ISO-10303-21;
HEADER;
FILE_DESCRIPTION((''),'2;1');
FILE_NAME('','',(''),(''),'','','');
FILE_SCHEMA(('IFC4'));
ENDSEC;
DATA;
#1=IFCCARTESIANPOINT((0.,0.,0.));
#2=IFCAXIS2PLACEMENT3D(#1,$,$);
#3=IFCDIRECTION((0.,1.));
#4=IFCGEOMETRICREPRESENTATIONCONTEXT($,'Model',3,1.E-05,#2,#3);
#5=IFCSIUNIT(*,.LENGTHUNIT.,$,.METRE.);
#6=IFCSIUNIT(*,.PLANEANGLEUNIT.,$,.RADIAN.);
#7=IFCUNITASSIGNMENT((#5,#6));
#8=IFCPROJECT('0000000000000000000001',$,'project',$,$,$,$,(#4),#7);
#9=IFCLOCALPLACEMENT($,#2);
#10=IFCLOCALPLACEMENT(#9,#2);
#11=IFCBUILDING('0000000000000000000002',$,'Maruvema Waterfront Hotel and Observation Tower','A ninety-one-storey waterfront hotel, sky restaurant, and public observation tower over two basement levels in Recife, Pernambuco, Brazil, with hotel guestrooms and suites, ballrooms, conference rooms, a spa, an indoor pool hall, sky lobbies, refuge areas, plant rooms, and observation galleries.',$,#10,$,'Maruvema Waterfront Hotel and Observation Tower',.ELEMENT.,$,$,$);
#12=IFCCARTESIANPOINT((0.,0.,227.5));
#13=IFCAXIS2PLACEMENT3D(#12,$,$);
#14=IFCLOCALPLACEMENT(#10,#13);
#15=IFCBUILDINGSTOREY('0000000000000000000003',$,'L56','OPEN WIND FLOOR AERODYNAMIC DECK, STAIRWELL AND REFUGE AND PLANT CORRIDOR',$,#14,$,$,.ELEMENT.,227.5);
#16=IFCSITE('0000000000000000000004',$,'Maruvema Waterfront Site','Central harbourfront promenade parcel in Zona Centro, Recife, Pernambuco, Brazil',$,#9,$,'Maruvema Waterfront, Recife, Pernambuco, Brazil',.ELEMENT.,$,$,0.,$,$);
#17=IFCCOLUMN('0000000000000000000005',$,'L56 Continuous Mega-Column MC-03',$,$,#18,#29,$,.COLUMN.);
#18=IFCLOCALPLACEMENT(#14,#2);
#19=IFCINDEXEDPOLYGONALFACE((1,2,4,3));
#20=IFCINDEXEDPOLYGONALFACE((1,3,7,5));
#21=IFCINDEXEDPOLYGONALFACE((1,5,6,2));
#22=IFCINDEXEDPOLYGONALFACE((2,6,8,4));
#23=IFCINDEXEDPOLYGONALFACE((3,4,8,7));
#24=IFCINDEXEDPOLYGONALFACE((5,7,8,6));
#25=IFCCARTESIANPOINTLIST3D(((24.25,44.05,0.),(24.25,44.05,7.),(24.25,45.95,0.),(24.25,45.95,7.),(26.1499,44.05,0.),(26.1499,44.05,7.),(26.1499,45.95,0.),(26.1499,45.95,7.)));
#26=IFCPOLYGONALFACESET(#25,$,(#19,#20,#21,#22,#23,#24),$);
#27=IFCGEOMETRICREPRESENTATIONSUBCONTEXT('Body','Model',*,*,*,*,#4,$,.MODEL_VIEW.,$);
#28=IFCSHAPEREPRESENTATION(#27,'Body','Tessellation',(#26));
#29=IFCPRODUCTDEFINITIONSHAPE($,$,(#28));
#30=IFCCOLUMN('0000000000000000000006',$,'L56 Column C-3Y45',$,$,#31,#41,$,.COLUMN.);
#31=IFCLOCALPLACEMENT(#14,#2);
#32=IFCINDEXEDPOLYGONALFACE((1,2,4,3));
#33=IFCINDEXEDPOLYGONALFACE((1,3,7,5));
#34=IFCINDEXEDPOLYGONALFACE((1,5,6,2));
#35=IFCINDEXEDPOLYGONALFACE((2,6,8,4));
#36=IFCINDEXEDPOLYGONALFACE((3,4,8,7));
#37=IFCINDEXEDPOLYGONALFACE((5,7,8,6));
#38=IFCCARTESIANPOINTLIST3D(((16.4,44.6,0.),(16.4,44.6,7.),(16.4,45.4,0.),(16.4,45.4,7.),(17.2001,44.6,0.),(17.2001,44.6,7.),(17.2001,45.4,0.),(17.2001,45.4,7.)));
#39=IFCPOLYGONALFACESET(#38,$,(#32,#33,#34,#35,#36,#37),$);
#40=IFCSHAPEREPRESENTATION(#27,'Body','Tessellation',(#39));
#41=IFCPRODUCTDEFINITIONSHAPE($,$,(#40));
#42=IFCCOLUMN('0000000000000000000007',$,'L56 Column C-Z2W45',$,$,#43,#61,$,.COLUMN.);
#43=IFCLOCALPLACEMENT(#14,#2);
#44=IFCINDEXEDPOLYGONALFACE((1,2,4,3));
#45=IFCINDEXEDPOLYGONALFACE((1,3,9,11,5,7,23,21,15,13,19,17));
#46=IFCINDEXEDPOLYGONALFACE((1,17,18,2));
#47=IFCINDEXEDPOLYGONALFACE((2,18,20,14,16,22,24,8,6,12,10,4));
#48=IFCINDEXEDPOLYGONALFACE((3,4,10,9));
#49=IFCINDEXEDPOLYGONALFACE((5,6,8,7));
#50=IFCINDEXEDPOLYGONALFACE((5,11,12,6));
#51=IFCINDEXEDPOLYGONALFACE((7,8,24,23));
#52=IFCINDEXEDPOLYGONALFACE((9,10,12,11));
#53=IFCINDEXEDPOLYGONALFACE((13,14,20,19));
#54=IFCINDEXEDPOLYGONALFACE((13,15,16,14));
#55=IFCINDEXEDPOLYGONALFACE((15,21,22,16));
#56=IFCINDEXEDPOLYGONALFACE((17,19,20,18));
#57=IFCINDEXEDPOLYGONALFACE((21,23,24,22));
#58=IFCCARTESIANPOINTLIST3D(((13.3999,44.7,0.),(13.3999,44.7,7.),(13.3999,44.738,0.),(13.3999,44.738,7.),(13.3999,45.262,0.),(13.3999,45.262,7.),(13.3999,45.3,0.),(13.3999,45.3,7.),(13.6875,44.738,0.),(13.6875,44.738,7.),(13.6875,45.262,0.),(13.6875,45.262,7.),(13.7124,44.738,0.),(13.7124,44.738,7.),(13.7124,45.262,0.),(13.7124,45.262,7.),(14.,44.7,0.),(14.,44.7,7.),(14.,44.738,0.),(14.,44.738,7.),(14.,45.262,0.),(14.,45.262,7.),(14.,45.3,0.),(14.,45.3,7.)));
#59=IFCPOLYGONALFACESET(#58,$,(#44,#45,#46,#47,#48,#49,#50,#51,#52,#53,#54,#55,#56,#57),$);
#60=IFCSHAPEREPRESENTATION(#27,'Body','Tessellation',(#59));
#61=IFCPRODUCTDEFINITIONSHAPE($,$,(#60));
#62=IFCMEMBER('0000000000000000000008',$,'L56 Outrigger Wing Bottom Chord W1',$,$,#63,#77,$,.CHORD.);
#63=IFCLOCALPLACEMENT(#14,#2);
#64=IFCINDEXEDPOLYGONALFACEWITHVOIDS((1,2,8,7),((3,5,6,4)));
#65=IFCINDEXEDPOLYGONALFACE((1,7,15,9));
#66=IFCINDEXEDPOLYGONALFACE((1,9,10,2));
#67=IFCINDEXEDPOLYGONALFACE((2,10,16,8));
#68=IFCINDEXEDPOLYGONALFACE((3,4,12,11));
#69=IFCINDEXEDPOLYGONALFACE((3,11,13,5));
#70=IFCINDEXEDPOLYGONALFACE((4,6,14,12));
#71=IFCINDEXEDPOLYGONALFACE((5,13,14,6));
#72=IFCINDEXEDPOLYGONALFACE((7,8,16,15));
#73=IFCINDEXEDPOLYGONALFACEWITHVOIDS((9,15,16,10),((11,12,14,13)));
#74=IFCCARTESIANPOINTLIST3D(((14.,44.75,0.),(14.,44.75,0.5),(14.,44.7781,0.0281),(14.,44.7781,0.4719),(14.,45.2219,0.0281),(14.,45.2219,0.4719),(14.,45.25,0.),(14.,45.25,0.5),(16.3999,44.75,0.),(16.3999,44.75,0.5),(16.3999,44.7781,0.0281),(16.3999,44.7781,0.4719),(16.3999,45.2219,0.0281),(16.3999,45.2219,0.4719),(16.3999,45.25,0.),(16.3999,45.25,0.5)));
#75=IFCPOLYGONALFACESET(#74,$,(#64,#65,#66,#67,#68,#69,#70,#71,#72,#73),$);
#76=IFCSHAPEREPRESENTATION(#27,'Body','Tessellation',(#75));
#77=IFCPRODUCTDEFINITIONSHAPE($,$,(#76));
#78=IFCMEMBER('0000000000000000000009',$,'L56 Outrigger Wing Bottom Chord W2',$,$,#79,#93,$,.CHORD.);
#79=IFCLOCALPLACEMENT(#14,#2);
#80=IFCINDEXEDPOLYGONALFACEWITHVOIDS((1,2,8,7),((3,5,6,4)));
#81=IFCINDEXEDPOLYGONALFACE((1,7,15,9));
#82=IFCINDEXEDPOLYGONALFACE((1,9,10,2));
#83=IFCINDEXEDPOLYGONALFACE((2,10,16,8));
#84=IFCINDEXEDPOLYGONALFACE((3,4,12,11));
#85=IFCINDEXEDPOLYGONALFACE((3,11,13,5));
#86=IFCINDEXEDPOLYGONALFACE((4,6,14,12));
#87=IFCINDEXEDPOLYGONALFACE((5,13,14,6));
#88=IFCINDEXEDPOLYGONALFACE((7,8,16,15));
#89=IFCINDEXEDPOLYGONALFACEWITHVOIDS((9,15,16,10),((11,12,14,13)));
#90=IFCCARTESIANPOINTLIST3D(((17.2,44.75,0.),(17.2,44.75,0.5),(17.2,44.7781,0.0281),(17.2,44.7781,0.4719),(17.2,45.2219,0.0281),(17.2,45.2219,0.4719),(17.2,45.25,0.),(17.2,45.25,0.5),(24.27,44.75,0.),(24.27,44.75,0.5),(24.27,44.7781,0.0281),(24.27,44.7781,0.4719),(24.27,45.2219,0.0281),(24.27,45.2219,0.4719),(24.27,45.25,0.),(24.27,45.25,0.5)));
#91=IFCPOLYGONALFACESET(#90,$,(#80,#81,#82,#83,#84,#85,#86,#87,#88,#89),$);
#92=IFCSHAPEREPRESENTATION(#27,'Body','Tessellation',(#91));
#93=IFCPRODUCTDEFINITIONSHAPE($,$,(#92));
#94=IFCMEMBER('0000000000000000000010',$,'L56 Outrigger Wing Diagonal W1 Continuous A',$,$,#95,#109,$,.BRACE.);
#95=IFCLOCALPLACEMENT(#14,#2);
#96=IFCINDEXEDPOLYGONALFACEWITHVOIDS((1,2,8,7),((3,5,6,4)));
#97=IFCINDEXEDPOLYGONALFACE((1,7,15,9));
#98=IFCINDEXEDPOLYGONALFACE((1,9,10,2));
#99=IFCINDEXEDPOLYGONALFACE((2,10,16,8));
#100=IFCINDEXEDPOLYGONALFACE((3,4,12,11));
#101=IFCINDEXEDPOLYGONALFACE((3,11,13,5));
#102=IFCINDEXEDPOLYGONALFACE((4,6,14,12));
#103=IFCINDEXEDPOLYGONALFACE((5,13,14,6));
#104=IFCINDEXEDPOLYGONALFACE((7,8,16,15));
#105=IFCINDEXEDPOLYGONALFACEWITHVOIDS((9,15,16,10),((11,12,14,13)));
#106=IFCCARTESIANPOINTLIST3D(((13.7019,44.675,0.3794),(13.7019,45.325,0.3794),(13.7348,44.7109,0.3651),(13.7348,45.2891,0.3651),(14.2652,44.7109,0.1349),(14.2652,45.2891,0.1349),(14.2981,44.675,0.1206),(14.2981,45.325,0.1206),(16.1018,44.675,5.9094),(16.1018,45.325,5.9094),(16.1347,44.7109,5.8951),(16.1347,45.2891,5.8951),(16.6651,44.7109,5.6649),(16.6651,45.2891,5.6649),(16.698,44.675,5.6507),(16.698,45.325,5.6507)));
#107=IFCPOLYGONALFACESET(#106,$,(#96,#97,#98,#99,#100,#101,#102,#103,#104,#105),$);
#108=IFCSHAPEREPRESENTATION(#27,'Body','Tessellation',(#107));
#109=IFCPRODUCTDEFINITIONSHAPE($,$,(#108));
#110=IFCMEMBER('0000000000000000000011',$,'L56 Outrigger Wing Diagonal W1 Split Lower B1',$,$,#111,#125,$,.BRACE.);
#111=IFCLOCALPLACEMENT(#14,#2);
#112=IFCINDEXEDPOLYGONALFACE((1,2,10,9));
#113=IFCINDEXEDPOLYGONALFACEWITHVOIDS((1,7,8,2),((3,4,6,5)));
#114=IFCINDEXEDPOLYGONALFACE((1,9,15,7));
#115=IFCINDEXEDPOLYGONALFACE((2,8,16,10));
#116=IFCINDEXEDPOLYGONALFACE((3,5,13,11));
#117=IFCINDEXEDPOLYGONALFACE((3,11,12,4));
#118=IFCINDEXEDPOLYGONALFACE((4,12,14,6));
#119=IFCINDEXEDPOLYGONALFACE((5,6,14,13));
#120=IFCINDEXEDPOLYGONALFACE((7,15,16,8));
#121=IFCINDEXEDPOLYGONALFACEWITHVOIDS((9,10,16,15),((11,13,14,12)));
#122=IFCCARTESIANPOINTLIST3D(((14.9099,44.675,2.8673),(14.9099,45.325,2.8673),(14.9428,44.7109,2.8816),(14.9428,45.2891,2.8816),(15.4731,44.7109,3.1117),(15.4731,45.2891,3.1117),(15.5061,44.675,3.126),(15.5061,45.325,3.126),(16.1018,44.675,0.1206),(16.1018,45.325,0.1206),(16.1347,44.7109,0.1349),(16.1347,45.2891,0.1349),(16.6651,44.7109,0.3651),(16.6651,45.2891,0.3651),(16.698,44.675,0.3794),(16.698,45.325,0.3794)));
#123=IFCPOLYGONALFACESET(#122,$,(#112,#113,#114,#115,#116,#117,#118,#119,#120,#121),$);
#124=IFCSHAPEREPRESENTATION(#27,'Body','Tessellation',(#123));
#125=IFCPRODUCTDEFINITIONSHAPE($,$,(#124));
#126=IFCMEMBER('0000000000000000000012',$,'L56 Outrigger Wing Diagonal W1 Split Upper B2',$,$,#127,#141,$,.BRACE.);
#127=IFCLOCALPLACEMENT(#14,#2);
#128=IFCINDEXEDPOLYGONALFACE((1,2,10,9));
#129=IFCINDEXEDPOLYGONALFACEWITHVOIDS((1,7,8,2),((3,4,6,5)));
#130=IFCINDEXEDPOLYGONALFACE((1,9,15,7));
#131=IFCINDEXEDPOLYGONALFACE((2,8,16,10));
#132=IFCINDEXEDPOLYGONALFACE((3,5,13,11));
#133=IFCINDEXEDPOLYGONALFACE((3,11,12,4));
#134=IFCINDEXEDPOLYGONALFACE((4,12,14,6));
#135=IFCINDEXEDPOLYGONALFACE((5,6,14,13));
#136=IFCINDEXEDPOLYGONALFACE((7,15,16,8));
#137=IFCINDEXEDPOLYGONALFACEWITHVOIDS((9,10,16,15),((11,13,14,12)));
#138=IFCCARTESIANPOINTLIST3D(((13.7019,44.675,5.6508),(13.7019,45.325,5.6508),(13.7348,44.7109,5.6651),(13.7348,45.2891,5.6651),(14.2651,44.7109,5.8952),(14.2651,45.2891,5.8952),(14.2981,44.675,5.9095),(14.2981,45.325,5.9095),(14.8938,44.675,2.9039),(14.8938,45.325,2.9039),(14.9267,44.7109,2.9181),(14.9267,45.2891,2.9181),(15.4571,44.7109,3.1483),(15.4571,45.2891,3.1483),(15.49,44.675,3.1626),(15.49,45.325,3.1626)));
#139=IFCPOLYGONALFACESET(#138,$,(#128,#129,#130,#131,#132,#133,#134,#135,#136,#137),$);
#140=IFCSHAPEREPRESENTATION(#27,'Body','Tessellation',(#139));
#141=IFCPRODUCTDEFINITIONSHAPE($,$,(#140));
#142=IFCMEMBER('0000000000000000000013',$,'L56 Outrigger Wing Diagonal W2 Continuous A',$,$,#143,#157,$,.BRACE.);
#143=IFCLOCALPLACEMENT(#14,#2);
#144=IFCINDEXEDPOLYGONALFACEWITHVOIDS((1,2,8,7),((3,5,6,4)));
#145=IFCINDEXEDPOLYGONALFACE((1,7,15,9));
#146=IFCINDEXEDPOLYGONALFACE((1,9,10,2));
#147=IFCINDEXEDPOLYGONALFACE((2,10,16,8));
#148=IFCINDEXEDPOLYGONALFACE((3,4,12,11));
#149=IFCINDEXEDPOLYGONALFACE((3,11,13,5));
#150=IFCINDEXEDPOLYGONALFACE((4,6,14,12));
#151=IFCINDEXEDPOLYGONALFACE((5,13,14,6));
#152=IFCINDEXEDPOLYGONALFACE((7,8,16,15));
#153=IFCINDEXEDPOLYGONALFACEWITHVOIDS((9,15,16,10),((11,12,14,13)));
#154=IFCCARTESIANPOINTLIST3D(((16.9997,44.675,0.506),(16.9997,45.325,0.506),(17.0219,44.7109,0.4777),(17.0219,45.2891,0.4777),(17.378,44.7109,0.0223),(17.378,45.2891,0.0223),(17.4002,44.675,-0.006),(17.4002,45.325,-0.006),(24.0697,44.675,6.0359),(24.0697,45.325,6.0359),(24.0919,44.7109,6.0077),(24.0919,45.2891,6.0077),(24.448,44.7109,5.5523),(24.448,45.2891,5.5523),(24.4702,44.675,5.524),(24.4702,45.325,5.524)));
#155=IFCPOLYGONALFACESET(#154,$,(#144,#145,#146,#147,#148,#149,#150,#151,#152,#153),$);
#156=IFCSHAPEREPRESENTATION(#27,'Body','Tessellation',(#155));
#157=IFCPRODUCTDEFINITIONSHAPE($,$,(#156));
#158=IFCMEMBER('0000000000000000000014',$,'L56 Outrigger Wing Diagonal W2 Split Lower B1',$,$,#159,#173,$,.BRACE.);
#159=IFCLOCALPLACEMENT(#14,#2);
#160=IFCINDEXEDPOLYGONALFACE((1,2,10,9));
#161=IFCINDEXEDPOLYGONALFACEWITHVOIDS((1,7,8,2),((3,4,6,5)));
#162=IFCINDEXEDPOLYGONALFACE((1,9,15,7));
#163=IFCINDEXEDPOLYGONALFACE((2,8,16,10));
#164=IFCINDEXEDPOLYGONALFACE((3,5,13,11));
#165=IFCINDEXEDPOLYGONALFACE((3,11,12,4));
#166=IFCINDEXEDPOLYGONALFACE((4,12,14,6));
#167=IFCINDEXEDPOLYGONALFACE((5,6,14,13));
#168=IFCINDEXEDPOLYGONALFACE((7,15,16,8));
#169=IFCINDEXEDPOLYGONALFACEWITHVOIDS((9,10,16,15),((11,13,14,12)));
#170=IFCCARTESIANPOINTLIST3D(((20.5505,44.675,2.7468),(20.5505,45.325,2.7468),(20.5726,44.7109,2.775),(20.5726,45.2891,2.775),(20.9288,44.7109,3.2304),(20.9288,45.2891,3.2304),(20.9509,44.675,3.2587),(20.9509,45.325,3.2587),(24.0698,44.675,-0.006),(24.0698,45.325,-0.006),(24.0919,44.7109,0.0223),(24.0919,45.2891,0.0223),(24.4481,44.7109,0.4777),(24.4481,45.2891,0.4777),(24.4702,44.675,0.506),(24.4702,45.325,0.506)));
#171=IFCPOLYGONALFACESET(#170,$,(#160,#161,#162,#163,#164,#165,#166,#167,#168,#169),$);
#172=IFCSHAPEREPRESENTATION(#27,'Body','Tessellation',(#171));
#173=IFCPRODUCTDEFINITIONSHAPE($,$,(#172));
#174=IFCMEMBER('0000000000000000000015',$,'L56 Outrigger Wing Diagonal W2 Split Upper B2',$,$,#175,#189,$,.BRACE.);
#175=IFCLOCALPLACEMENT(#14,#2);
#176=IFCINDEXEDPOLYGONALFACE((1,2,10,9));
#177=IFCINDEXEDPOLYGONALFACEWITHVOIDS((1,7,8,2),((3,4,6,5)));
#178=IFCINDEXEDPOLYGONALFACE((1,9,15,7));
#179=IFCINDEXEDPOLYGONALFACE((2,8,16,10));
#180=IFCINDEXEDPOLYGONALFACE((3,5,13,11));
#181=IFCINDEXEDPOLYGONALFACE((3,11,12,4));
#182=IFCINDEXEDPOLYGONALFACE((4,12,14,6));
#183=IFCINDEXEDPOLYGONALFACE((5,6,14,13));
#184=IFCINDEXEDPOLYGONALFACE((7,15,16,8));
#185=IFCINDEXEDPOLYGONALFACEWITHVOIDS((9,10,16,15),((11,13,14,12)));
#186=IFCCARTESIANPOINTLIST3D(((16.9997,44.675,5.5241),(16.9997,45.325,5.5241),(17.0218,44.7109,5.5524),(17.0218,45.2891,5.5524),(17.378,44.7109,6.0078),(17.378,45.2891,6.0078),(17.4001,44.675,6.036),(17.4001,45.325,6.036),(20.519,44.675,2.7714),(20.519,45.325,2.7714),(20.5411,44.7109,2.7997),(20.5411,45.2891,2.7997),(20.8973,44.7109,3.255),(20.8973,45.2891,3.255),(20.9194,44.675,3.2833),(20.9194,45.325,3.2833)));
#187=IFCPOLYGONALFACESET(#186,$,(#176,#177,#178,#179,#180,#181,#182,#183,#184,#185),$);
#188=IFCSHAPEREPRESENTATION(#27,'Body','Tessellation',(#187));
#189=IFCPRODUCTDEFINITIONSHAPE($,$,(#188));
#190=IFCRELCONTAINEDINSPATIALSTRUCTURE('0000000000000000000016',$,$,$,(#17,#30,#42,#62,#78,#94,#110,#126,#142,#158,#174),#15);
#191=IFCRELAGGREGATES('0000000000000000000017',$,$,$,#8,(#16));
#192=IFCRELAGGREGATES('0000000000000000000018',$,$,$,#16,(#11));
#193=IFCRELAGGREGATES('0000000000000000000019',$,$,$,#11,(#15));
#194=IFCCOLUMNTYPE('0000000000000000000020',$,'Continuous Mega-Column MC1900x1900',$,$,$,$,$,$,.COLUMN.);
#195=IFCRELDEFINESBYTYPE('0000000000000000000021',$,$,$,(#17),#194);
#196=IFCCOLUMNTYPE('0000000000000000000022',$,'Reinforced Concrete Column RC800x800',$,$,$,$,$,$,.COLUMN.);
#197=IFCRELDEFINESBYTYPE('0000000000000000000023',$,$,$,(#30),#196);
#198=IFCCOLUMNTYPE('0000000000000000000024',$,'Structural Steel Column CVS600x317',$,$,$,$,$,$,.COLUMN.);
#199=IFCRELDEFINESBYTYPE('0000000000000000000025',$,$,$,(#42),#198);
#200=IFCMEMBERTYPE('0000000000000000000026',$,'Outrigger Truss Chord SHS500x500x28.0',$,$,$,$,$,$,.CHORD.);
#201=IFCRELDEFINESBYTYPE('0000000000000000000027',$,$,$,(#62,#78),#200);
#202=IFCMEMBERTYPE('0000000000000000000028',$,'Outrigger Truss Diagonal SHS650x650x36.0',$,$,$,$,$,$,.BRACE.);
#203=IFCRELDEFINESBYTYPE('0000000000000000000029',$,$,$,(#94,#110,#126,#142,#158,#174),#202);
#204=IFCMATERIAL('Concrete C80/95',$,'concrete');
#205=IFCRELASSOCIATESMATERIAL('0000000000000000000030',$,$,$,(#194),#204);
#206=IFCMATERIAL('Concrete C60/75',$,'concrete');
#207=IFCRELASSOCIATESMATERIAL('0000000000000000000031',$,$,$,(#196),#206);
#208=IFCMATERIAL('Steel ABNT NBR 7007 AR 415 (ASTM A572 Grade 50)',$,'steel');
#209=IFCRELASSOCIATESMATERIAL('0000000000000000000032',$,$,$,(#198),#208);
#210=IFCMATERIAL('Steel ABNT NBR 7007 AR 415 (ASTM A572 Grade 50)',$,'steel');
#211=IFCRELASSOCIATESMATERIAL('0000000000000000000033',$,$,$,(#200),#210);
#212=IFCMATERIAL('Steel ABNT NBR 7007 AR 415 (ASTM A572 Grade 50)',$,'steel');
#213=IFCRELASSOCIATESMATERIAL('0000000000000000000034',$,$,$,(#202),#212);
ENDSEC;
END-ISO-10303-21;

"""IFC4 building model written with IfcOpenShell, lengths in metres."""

from ifc_helpers import new_model, si_unit, direction, frame, origin, origin_2d, place, context, subcontext, project, spatial, rectangle, hollow_rectangle, i_section, extrude, material, material_profile, profile_set, type_object, element, save


model = new_model("IFC4")

# Units and contexts
model_context = context("Model", 3, precision=1e-05, world=origin(), true_north=direction((0.0, 1.0)))
body_context = subcontext(model_context, "Body", "Model", "MODEL_VIEW")
ifc_project = project(units=[si_unit("LENGTHUNIT", "METRE"), si_unit("PLANEANGLEUNIT", "RADIAN")], contexts=[model_context])

# Site, building, storey
site_placement = place(None, origin())
site = spatial("IfcSite", under=ifc_project, at=site_placement, Name="Maruvema Waterfront Site", Description="Central harbourfront promenade parcel in Zona Centro, Recife, Pernambuco, Brazil", LongName="Maruvema Waterfront, Recife, Pernambuco, Brazil", CompositionType="ELEMENT", RefElevation=0.0)
building_placement = place(site_placement, origin())
building = spatial("IfcBuilding", under=site, at=building_placement, Name="Maruvema Waterfront Hotel and Observation Tower", Description="A ninety-one-storey waterfront hotel, sky restaurant, and public observation tower over two basement levels in Recife, Pernambuco, Brazil, with hotel guestrooms and suites, ballrooms, conference rooms, a spa, an indoor pool hall, sky lobbies, refuge areas, plant rooms, and observation galleries.", LongName="Maruvema Waterfront Hotel and Observation Tower", CompositionType="ELEMENT")
storey_placement = place(building_placement, frame((0.0, 0.0, 227.5)))
storey = spatial("IfcBuildingStorey", under=building, at=storey_placement, Name="L56", Description="OPEN WIND FLOOR AERODYNAMIC DECK, STAIRWELL AND REFUGE AND PLANT CORRIDOR", CompositionType="ELEMENT", Elevation=227.5)

# Columns
ifc_material_1 = material(Name="Concrete C80/95", Category="concrete")
ifc_material_profile_1 = material_profile(ifc_material_1, rectangle(XDim=1.8999, YDim=1.8999, at=origin_2d()), Name="MC1900x1900")
ifc_profile_set_1 = profile_set([ifc_material_profile_1], Name="Concrete C80/95")
column_type_1 = type_object("IfcColumnType", Name="Continuous Mega-Column MC1900x1900", PredefinedType="COLUMN", material=ifc_profile_set_1)
column_1_placement = place(storey_placement, frame((25.2, 45.0, 0.0), z_axis=(0.0, 0.0, 1.0), x_axis=(1.0, 0.0, 0.0)))
element("IfcColumn", 1, at=column_1_placement, inside=storey, type_object=column_type_1, Name="L56 Continuous Mega-Column MC-03", PredefinedType="COLUMN", context=body_context, shape_type="SweptSolid", body=[
    extrude(rectangle(XDim=1.8999, YDim=1.8999, at=origin_2d()), origin(), (0.0, 0.0, 1.0), 7.0),
])
ifc_material_2 = material(Name="Concrete C60/75", Category="concrete")
ifc_material_profile_2 = material_profile(ifc_material_2, rectangle(XDim=0.8, YDim=0.8, at=origin_2d()), Name="RC800x800")
ifc_profile_set_2 = profile_set([ifc_material_profile_2], Name="Concrete C60/75")
column_type_2 = type_object("IfcColumnType", Name="Reinforced Concrete Column RC800x800", PredefinedType="COLUMN", material=ifc_profile_set_2)
column_2_placement = place(storey_placement, frame((16.8, 45.0, 0.0), z_axis=(0.0, 0.0, 1.0), x_axis=(1.0, 0.0, 0.0)))
element("IfcColumn", 2, at=column_2_placement, inside=storey, type_object=column_type_2, Name="L56 Column C-3Y45", PredefinedType="COLUMN", context=body_context, shape_type="SweptSolid", body=[
    extrude(rectangle(XDim=0.8, YDim=0.8, at=origin_2d()), origin(), (0.0, 0.0, 1.0), 7.0),
])
ifc_material_3 = material(Name="Steel ABNT NBR 7007 AR 415 (ASTM A572 Grade 50)", Category="steel")
ifc_material_profile_3 = material_profile(ifc_material_3, i_section(OverallWidth=0.6001, OverallDepth=0.6001, WebThickness=0.0249, FlangeThickness=0.0381, at=origin_2d()), Name="CVS600x317")
ifc_profile_set_3 = profile_set([ifc_material_profile_3], Name="Steel ABNT NBR 7007 AR 415 (ASTM A572 Grade 50)")
column_type_3 = type_object("IfcColumnType", Name="Structural Steel Column CVS600x317", PredefinedType="COLUMN", material=ifc_profile_set_3)
column_3_placement = place(storey_placement, frame((13.7, 45.0, 0.0), z_axis=(0.0, 0.0, 1.0), x_axis=(1.0, 0.0, 0.0)))
element("IfcColumn", 3, at=column_3_placement, inside=storey, type_object=column_type_3, Name="L56 Column C-Z2W45", PredefinedType="COLUMN", context=body_context, shape_type="SweptSolid", body=[
    extrude(i_section(OverallWidth=0.6001, OverallDepth=0.6001, WebThickness=0.0249, FlangeThickness=0.0381, at=origin_2d()), origin(), (0.0, 0.0, 1.0), 7.0),
])

# Members
ifc_material_4 = material(Name="Steel ABNT NBR 7007 AR 415 (ASTM A572 Grade 50)", Category="steel")
ifc_material_profile_4 = material_profile(ifc_material_4, hollow_rectangle(XDim=0.5, YDim=0.5, WallThickness=0.0281, at=origin_2d()), Name="SHS500x500x28.0")
ifc_profile_set_4 = profile_set([ifc_material_profile_4], Name="Steel ABNT NBR 7007 AR 415 (ASTM A572 Grade 50)")
member_type_1 = type_object("IfcMemberType", Name="Outrigger Truss Chord SHS500x500x28.0", PredefinedType="CHORD", material=ifc_profile_set_4)
member_1_placement = place(storey_placement, frame((14.0, 45.0, 0.25), z_axis=(1.0, 0.0, 0.0), x_axis=(0.0, 1.0, 0.0)))
element("IfcMember", 4, at=member_1_placement, inside=storey, type_object=member_type_1, Name="L56 Outrigger Wing Bottom Chord W1", PredefinedType="CHORD", context=body_context, shape_type="SweptSolid", body=[
    extrude(hollow_rectangle(XDim=0.5, YDim=0.5, WallThickness=0.0281, at=origin_2d()), origin(), (0.0, 0.0, 1.0), 2.3999),
])
member_2_placement = place(storey_placement, frame((17.2, 45.0, 0.25), z_axis=(1.0, 0.0, 0.0), x_axis=(0.0, 1.0, 0.0)))
element("IfcMember", 5, at=member_2_placement, inside=storey, type_object=member_type_1, Name="L56 Outrigger Wing Bottom Chord W2", PredefinedType="CHORD", context=body_context, shape_type="SweptSolid", body=[
    extrude(hollow_rectangle(XDim=0.5, YDim=0.5, WallThickness=0.0281, at=origin_2d()), origin(), (0.0, 0.0, 1.0), 7.0701),
])
ifc_material_5 = material(Name="Steel ABNT NBR 7007 AR 415 (ASTM A572 Grade 50)", Category="steel")
ifc_material_profile_5 = material_profile(ifc_material_5, hollow_rectangle(XDim=0.6499, YDim=0.6499, WallThickness=0.0359, at=origin_2d()), Name="SHS650x650x36.0")
ifc_profile_set_5 = profile_set([ifc_material_profile_5], Name="Steel ABNT NBR 7007 AR 415 (ASTM A572 Grade 50)")
member_type_2 = type_object("IfcMemberType", Name="Outrigger Truss Diagonal SHS650x650x36.0", PredefinedType="BRACE", material=ifc_profile_set_5)
member_3_placement = place(storey_placement, frame((14.0, 45.0, 0.25), z_axis=(0.398104, 0.0, 0.91734), x_axis=(0.0, 1.0, 0.0)))
element("IfcMember", 6, at=member_3_placement, inside=storey, type_object=member_type_2, Name="L56 Outrigger Wing Diagonal W1 Continuous A", PredefinedType="BRACE", context=body_context, shape_type="SweptSolid", body=[
    extrude(hollow_rectangle(XDim=0.6499, YDim=0.6499, WallThickness=0.0359, at=origin_2d()), origin(), (0.0, 0.0, 1.0), 6.0283),
])
member_4_placement = place(storey_placement, frame((16.3999, 45.0, 0.25), z_axis=(-0.398088, 0.0, 0.917347), x_axis=(0.0, -1.0, 0.0)))
element("IfcMember", 7, at=member_4_placement, inside=storey, type_object=member_type_2, Name="L56 Outrigger Wing Diagonal W1 Split Lower B1", PredefinedType="BRACE", context=body_context, shape_type="SweptSolid", body=[
    extrude(hollow_rectangle(XDim=0.6499, YDim=0.6499, WallThickness=0.0359, at=origin_2d()), origin(), (0.0, 0.0, 1.0), 2.9941),
])
member_5_placement = place(storey_placement, frame((15.1919, 45.0, 3.0332), z_axis=(-0.398058, 0.0, 0.91736), x_axis=(0.0, -1.0, 0.0)))
element("IfcMember", 8, at=member_5_placement, inside=storey, type_object=member_type_2, Name="L56 Outrigger Wing Diagonal W1 Split Upper B2", PredefinedType="BRACE", context=body_context, shape_type="SweptSolid", body=[
    extrude(hollow_rectangle(XDim=0.6499, YDim=0.6499, WallThickness=0.0359, at=origin_2d()), origin(), (0.0, 0.0, 1.0), 2.9944),
])
member_6_placement = place(storey_placement, frame((17.2, 45.0, 0.25), z_axis=(0.787671, 0.0, 0.616096), x_axis=(0.0, 1.0, 0.0)))
element("IfcMember", 9, at=member_6_placement, inside=storey, type_object=member_type_2, Name="L56 Outrigger Wing Diagonal W2 Continuous A", PredefinedType="BRACE", context=body_context, shape_type="SweptSolid", body=[
    extrude(hollow_rectangle(XDim=0.6499, YDim=0.6499, WallThickness=0.0359, at=origin_2d()), origin(), (0.0, 0.0, 1.0), 8.9758),
])
for number, where, z_axis, x_axis, name in (
    (10, (24.27, 45.0, 0.25), (-0.787672, 0.0, 0.616095), (0.0, -1.0, 0.0), "L56 Outrigger Wing Diagonal W2 Split Lower B1"),
    (11, (20.7192, 45.0, 3.0273), (-0.787672, 0.0, 0.616095), (0.0, -1.0, 0.0), "L56 Outrigger Wing Diagonal W2 Split Upper B2"),
):
    element("IfcMember", number, at=place(storey_placement, frame(where, z_axis=z_axis, x_axis=x_axis)), inside=storey, type_object=member_type_2, Name=name, PredefinedType="BRACE", context=body_context, shape_type="SweptSolid", body=[
        extrude(hollow_rectangle(XDim=0.6499, YDim=0.6499, WallThickness=0.0359, at=origin_2d()), origin(), (0.0, 0.0, 1.0), 4.468),
    ])

save(model, "model.ifc")
